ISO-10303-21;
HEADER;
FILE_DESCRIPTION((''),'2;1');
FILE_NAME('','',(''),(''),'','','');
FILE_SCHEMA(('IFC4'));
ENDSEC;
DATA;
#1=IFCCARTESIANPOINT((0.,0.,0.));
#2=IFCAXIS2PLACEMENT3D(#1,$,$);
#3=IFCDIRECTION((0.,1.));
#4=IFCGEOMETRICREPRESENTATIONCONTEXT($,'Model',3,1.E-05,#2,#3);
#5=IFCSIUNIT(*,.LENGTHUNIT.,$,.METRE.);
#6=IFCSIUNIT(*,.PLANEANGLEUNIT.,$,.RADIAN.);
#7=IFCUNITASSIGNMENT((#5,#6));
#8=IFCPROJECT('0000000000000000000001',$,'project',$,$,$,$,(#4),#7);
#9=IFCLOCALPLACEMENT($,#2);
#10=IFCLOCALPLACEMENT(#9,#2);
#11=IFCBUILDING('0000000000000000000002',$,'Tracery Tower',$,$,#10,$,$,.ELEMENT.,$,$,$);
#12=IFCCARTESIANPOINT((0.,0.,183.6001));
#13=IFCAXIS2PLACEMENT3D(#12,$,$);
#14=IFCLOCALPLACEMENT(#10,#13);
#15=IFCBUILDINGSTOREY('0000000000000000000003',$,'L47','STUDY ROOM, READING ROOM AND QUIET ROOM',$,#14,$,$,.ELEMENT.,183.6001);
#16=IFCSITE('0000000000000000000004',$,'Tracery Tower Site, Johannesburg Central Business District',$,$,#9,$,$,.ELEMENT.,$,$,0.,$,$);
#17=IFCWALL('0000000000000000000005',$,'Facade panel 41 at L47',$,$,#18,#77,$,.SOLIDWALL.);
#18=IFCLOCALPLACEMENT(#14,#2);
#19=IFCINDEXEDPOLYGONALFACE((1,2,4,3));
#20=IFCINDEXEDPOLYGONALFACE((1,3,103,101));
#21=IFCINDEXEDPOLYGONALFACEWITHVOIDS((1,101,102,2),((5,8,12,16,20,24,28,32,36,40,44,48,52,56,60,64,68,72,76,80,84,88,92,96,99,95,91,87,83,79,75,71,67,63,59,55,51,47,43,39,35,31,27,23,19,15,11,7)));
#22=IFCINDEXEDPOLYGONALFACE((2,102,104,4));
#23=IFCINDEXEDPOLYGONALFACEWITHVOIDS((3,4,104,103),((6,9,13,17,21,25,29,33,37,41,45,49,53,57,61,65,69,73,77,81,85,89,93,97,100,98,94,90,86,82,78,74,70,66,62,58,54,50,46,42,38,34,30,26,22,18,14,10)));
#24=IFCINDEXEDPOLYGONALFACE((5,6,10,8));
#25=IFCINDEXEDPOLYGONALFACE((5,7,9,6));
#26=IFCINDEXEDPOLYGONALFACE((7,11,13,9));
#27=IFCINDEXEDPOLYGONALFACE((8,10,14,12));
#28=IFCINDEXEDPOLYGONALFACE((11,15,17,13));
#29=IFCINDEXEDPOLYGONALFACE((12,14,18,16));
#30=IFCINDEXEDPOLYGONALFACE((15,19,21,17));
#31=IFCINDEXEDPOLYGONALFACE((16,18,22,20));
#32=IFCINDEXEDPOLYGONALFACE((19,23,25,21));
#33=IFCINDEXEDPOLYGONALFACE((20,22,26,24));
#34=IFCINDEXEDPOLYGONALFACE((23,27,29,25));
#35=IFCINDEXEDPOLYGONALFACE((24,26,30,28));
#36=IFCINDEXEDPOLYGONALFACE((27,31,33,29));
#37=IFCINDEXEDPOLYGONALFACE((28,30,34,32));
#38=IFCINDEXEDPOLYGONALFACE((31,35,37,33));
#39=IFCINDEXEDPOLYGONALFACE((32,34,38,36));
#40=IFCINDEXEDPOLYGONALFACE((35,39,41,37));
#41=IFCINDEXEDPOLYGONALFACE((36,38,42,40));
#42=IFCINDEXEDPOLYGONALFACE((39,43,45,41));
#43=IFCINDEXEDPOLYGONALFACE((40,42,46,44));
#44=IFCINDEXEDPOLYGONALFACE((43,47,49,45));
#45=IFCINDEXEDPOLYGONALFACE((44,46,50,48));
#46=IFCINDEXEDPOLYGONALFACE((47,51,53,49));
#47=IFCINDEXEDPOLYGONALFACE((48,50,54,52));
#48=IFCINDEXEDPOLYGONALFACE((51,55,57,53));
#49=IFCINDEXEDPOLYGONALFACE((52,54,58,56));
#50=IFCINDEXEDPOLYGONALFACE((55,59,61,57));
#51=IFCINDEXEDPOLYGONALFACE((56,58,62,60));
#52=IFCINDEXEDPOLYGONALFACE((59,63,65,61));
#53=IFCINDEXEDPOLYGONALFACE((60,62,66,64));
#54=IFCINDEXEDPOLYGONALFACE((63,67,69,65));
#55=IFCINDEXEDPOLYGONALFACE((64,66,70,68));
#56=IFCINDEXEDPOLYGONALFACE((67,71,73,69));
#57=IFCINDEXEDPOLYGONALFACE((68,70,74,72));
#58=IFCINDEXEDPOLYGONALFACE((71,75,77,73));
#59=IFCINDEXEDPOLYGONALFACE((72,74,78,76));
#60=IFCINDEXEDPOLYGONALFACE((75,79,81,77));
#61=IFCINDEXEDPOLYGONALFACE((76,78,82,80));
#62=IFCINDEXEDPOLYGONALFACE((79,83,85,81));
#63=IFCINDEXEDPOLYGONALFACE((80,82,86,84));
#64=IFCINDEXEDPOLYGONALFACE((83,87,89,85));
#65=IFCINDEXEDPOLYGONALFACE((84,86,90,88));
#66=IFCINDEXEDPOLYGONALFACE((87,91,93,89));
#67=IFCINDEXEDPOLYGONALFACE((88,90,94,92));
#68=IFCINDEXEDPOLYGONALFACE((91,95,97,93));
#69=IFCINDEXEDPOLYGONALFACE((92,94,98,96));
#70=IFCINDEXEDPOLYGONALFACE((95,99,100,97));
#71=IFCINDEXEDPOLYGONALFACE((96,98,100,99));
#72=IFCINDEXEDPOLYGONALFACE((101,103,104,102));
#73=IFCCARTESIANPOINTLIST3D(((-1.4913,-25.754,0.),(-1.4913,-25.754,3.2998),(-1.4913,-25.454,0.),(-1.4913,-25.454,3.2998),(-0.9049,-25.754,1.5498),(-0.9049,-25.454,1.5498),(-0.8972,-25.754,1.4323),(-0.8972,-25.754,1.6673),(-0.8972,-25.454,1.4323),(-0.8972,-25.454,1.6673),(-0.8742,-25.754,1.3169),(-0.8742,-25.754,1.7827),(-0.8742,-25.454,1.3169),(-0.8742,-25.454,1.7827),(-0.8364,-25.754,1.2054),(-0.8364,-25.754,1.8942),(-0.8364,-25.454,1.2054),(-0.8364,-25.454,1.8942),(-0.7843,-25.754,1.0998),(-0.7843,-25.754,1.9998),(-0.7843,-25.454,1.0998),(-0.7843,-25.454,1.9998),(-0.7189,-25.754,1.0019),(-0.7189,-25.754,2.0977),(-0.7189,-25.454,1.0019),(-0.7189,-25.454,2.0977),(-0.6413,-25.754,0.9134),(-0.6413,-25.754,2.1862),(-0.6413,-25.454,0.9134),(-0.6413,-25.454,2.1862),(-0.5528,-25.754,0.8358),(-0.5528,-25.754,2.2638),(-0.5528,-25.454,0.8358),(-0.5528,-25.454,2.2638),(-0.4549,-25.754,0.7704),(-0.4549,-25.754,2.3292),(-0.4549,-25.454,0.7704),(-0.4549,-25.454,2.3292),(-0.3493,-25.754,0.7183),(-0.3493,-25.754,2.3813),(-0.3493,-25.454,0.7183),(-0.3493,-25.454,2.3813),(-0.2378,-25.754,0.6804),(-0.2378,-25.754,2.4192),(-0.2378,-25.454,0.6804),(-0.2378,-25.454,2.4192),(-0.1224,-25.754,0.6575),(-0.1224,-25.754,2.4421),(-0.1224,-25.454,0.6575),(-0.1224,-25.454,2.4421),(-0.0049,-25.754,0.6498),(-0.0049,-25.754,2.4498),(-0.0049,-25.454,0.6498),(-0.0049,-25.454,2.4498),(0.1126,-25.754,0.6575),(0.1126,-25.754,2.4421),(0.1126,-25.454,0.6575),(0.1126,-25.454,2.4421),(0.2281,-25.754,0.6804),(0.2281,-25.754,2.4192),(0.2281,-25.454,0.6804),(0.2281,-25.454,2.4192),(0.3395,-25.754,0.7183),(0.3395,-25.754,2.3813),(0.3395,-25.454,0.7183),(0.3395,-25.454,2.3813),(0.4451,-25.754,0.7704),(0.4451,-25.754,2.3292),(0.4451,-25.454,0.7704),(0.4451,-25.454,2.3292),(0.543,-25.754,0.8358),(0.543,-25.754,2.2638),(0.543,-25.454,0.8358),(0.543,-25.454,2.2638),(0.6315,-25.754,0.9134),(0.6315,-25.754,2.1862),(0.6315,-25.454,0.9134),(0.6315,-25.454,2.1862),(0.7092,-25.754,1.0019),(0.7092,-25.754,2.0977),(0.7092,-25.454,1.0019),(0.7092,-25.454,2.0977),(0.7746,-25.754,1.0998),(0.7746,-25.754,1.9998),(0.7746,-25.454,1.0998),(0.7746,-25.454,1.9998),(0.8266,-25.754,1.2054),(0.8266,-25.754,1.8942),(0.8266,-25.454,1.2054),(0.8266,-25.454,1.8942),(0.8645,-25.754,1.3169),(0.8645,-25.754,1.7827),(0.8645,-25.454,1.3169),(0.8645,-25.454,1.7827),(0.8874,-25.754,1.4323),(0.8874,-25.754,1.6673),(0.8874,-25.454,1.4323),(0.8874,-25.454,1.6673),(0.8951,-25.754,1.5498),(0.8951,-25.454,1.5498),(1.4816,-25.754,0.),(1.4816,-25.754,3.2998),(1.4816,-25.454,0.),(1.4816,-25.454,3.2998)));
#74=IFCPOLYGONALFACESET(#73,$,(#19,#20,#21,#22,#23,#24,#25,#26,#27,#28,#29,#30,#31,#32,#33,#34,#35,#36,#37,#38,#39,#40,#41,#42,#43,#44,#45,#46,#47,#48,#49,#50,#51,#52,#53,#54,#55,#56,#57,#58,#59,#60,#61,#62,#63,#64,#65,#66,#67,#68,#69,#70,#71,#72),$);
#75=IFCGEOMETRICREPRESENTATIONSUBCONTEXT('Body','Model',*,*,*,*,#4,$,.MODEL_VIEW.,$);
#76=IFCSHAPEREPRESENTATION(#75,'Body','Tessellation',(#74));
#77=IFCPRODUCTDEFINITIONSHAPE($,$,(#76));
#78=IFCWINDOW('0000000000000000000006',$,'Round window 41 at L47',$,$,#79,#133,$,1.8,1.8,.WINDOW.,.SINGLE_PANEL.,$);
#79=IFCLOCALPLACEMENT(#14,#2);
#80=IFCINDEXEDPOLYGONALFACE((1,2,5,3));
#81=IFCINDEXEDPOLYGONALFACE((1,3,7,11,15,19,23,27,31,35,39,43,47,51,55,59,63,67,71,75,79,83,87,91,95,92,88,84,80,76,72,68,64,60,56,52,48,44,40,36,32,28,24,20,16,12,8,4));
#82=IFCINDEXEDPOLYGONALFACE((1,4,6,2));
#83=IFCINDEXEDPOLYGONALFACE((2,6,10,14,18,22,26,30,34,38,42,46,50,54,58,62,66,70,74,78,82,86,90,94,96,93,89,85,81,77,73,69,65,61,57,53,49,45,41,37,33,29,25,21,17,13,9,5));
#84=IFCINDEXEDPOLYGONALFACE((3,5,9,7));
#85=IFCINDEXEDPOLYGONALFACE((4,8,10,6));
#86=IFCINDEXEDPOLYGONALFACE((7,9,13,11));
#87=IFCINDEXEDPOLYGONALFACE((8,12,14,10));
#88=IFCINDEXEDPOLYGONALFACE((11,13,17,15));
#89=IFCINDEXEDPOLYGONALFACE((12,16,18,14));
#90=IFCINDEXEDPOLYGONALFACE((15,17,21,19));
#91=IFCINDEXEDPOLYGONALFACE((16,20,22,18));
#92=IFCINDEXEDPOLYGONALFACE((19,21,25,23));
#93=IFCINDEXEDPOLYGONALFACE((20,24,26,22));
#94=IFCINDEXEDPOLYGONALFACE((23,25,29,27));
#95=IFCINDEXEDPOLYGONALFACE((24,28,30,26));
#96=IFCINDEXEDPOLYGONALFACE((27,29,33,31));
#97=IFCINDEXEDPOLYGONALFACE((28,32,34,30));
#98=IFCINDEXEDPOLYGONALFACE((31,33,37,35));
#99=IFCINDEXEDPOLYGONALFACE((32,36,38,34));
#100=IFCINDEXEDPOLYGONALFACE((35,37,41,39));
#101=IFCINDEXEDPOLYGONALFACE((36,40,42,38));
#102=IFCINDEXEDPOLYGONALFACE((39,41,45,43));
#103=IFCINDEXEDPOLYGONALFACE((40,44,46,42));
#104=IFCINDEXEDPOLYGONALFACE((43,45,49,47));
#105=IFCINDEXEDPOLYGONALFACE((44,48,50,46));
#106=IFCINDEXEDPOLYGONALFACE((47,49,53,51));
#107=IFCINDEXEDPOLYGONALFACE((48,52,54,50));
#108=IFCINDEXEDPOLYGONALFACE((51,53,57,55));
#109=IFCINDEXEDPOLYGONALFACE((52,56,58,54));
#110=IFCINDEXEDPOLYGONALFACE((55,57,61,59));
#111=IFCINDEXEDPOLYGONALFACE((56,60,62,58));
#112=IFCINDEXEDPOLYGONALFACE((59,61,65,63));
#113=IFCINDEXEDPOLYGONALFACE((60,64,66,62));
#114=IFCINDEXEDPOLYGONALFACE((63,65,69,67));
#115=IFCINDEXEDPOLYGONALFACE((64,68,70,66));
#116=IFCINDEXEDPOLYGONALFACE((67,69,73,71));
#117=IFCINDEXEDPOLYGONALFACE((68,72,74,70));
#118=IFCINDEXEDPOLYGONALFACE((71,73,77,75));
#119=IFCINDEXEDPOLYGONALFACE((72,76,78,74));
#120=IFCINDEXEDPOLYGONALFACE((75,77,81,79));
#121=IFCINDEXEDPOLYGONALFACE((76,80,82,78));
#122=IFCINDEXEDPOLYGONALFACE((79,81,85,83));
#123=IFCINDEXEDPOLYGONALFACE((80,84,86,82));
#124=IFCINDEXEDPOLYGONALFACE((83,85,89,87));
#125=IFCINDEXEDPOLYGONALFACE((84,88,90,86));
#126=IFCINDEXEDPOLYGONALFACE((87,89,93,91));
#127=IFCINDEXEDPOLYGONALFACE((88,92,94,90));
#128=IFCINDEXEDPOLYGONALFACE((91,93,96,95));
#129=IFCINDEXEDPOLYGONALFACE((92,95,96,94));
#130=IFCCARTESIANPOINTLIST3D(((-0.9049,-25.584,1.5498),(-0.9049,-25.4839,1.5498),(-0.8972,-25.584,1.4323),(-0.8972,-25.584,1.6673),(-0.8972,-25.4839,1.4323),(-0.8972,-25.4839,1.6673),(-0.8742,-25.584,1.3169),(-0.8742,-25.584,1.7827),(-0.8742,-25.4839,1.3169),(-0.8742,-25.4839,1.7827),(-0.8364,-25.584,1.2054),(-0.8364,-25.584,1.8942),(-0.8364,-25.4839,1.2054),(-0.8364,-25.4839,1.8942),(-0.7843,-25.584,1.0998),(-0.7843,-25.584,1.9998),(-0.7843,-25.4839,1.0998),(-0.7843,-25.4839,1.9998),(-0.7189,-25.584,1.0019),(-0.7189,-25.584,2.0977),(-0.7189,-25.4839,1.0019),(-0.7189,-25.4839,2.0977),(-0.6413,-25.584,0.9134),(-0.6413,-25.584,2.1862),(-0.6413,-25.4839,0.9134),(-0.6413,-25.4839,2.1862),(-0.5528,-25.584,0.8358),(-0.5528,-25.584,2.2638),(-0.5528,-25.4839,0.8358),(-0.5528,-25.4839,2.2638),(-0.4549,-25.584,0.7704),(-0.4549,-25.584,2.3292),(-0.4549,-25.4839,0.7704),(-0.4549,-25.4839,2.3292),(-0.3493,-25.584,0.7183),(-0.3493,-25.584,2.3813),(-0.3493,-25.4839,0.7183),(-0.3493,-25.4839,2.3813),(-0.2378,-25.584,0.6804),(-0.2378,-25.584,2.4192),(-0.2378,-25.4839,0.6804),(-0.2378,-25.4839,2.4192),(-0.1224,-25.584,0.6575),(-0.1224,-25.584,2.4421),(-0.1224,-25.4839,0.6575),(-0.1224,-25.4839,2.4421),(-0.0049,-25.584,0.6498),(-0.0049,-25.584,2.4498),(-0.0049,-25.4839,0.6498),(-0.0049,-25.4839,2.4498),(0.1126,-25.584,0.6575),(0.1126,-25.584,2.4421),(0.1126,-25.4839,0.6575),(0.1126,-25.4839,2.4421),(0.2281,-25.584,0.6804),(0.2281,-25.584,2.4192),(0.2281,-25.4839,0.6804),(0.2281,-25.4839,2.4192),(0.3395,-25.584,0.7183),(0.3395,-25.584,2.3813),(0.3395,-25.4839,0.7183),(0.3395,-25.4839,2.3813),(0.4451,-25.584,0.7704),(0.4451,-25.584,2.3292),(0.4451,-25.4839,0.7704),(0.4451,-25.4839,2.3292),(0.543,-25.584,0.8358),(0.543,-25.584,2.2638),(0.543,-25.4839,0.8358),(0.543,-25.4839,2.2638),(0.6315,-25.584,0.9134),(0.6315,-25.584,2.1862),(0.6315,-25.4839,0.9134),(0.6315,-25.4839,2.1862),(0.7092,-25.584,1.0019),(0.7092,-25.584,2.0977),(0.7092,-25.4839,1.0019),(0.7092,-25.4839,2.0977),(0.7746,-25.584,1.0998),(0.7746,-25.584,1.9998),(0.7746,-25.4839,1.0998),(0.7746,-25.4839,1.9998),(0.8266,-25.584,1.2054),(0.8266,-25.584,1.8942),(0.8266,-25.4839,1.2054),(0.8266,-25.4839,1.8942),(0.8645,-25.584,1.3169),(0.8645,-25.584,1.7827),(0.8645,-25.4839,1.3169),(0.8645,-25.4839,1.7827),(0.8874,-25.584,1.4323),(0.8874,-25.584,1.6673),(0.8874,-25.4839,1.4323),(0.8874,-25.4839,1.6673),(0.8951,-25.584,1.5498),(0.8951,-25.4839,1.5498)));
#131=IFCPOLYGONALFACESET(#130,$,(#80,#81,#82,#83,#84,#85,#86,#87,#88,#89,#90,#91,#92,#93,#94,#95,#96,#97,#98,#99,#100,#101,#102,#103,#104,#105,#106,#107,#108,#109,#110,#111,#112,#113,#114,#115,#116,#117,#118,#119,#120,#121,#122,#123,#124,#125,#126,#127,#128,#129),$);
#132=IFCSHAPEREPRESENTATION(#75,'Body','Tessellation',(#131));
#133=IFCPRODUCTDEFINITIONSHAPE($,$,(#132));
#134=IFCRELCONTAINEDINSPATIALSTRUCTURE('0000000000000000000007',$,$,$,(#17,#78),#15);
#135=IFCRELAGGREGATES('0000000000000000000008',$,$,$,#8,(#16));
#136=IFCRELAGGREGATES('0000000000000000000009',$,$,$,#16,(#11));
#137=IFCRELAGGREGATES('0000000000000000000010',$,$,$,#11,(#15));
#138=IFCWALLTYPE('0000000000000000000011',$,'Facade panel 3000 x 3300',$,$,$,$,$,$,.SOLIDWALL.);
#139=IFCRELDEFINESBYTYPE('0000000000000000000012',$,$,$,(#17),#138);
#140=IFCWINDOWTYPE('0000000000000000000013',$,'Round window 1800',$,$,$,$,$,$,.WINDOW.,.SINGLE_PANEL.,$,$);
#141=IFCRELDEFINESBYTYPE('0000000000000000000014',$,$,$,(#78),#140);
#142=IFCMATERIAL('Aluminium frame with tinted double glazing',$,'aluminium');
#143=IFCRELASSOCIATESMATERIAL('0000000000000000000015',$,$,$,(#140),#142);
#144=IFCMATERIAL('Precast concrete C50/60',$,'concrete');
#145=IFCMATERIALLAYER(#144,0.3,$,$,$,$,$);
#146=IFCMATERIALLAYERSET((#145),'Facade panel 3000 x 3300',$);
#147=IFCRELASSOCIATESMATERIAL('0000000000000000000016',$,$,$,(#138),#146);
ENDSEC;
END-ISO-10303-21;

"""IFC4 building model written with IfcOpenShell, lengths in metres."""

from ifc_helpers import new_model, si_unit, direction, frame, frame_2d, origin, origin_2d, place, context, subcontext, project, spatial, rectangle, circle, extrude, material, layer, layer_set, type_object, element, fill, save


model = new_model("IFC4")

# Units and contexts
model_context = context("Model", 3, precision=1e-05, world=origin(), true_north=direction((0.0, 1.0)))
body_context = subcontext(model_context, "Body", "Model", "MODEL_VIEW")
ifc_project = project(units=[si_unit("LENGTHUNIT", "METRE"), si_unit("PLANEANGLEUNIT", "RADIAN")], contexts=[model_context])

# Site, building, storey
site_placement = place(None, origin())
site = spatial("IfcSite", under=ifc_project, at=site_placement, Name="Tracery Tower Site, Johannesburg Central Business District", CompositionType="ELEMENT", RefElevation=0.0)
building_placement = place(site_placement, origin())
building = spatial("IfcBuilding", under=site, at=building_placement, Name="Tracery Tower", CompositionType="ELEMENT")
storey_placement = place(building_placement, frame((0.0, 0.0, 183.6001)))
storey = spatial("IfcBuildingStorey", under=building, at=storey_placement, Name="L47", Description="STUDY ROOM, READING ROOM AND QUIET ROOM", CompositionType="ELEMENT", Elevation=183.6001)

# Wall, opening, window
ifc_material_1 = material(Name="Aluminium frame with tinted double glazing", Category="aluminium")
window_type = type_object("IfcWindowType", Name="Round window 1800", PartitioningType="SINGLE_PANEL", PredefinedType="WINDOW", material=ifc_material_1)
ifc_material_2 = material(Name="Precast concrete C50/60", Category="concrete")
ifc_layer_1 = layer(ifc_material_2, 0.3)
ifc_layer_set_1 = layer_set([ifc_layer_1], Name="Facade panel 3000 x 3300")
wall_type_1 = type_object("IfcWallType", Name="Facade panel 3000 x 3300", PredefinedType="SOLIDWALL", material=ifc_layer_set_1)
wall_1_placement = place(storey_placement, frame((-1.4912, -25.604, 0.0), z_axis=(0.0, 0.0, 1.0), x_axis=(1.0, 0.0, 0.0)))
wall_1 = element("IfcWall", 1, at=wall_1_placement, inside=storey, type_object=wall_type_1, Name="Facade panel 41 at L47", PredefinedType="SOLIDWALL", context=body_context, shape_type="SweptSolid", body=[
    extrude(rectangle(XDim=2.9729, YDim=0.3, at=frame_2d((1.4863, 0.0))), origin(), (0.0, 0.0, 1.0), 3.2998),
])
opening_1_placement = place(wall_1_placement, frame((1.4863, 0.0, 1.5498)))
opening_1 = element("IfcOpeningElement", 2, at=opening_1_placement, cuts=wall_1, PredefinedType="OPENING", context=body_context, shape_type="SweptSolid", body=[
    extrude(circle(Radius=0.9, at=origin_2d()), frame((0.0, 0.1599, 0.0), z_axis=(0.0, -1.0, 0.0), x_axis=(1.0, 0.0, 0.0)), (0.0, 0.0, 1.0), 0.3201),
])
window_1_placement = place(opening_1_placement, origin())
window_1 = element("IfcWindow", 3, at=window_1_placement, inside=storey, type_object=window_type, Name="Round window 41 at L47", OverallHeight=1.8, OverallWidth=1.8, PartitioningType="SINGLE_PANEL", PredefinedType="WINDOW", context=body_context, shape_type="SweptSolid", body=[
    extrude(circle(Radius=0.9, at=origin_2d()), frame((0.0, 0.1201, 0.0), z_axis=(0.0, -1.0, 0.0), x_axis=(1.0, 0.0, 0.0)), (0.0, 0.0, 1.0), 0.1001),
])
fill(opening_1, window_1)

save(model, "model.ifc")
